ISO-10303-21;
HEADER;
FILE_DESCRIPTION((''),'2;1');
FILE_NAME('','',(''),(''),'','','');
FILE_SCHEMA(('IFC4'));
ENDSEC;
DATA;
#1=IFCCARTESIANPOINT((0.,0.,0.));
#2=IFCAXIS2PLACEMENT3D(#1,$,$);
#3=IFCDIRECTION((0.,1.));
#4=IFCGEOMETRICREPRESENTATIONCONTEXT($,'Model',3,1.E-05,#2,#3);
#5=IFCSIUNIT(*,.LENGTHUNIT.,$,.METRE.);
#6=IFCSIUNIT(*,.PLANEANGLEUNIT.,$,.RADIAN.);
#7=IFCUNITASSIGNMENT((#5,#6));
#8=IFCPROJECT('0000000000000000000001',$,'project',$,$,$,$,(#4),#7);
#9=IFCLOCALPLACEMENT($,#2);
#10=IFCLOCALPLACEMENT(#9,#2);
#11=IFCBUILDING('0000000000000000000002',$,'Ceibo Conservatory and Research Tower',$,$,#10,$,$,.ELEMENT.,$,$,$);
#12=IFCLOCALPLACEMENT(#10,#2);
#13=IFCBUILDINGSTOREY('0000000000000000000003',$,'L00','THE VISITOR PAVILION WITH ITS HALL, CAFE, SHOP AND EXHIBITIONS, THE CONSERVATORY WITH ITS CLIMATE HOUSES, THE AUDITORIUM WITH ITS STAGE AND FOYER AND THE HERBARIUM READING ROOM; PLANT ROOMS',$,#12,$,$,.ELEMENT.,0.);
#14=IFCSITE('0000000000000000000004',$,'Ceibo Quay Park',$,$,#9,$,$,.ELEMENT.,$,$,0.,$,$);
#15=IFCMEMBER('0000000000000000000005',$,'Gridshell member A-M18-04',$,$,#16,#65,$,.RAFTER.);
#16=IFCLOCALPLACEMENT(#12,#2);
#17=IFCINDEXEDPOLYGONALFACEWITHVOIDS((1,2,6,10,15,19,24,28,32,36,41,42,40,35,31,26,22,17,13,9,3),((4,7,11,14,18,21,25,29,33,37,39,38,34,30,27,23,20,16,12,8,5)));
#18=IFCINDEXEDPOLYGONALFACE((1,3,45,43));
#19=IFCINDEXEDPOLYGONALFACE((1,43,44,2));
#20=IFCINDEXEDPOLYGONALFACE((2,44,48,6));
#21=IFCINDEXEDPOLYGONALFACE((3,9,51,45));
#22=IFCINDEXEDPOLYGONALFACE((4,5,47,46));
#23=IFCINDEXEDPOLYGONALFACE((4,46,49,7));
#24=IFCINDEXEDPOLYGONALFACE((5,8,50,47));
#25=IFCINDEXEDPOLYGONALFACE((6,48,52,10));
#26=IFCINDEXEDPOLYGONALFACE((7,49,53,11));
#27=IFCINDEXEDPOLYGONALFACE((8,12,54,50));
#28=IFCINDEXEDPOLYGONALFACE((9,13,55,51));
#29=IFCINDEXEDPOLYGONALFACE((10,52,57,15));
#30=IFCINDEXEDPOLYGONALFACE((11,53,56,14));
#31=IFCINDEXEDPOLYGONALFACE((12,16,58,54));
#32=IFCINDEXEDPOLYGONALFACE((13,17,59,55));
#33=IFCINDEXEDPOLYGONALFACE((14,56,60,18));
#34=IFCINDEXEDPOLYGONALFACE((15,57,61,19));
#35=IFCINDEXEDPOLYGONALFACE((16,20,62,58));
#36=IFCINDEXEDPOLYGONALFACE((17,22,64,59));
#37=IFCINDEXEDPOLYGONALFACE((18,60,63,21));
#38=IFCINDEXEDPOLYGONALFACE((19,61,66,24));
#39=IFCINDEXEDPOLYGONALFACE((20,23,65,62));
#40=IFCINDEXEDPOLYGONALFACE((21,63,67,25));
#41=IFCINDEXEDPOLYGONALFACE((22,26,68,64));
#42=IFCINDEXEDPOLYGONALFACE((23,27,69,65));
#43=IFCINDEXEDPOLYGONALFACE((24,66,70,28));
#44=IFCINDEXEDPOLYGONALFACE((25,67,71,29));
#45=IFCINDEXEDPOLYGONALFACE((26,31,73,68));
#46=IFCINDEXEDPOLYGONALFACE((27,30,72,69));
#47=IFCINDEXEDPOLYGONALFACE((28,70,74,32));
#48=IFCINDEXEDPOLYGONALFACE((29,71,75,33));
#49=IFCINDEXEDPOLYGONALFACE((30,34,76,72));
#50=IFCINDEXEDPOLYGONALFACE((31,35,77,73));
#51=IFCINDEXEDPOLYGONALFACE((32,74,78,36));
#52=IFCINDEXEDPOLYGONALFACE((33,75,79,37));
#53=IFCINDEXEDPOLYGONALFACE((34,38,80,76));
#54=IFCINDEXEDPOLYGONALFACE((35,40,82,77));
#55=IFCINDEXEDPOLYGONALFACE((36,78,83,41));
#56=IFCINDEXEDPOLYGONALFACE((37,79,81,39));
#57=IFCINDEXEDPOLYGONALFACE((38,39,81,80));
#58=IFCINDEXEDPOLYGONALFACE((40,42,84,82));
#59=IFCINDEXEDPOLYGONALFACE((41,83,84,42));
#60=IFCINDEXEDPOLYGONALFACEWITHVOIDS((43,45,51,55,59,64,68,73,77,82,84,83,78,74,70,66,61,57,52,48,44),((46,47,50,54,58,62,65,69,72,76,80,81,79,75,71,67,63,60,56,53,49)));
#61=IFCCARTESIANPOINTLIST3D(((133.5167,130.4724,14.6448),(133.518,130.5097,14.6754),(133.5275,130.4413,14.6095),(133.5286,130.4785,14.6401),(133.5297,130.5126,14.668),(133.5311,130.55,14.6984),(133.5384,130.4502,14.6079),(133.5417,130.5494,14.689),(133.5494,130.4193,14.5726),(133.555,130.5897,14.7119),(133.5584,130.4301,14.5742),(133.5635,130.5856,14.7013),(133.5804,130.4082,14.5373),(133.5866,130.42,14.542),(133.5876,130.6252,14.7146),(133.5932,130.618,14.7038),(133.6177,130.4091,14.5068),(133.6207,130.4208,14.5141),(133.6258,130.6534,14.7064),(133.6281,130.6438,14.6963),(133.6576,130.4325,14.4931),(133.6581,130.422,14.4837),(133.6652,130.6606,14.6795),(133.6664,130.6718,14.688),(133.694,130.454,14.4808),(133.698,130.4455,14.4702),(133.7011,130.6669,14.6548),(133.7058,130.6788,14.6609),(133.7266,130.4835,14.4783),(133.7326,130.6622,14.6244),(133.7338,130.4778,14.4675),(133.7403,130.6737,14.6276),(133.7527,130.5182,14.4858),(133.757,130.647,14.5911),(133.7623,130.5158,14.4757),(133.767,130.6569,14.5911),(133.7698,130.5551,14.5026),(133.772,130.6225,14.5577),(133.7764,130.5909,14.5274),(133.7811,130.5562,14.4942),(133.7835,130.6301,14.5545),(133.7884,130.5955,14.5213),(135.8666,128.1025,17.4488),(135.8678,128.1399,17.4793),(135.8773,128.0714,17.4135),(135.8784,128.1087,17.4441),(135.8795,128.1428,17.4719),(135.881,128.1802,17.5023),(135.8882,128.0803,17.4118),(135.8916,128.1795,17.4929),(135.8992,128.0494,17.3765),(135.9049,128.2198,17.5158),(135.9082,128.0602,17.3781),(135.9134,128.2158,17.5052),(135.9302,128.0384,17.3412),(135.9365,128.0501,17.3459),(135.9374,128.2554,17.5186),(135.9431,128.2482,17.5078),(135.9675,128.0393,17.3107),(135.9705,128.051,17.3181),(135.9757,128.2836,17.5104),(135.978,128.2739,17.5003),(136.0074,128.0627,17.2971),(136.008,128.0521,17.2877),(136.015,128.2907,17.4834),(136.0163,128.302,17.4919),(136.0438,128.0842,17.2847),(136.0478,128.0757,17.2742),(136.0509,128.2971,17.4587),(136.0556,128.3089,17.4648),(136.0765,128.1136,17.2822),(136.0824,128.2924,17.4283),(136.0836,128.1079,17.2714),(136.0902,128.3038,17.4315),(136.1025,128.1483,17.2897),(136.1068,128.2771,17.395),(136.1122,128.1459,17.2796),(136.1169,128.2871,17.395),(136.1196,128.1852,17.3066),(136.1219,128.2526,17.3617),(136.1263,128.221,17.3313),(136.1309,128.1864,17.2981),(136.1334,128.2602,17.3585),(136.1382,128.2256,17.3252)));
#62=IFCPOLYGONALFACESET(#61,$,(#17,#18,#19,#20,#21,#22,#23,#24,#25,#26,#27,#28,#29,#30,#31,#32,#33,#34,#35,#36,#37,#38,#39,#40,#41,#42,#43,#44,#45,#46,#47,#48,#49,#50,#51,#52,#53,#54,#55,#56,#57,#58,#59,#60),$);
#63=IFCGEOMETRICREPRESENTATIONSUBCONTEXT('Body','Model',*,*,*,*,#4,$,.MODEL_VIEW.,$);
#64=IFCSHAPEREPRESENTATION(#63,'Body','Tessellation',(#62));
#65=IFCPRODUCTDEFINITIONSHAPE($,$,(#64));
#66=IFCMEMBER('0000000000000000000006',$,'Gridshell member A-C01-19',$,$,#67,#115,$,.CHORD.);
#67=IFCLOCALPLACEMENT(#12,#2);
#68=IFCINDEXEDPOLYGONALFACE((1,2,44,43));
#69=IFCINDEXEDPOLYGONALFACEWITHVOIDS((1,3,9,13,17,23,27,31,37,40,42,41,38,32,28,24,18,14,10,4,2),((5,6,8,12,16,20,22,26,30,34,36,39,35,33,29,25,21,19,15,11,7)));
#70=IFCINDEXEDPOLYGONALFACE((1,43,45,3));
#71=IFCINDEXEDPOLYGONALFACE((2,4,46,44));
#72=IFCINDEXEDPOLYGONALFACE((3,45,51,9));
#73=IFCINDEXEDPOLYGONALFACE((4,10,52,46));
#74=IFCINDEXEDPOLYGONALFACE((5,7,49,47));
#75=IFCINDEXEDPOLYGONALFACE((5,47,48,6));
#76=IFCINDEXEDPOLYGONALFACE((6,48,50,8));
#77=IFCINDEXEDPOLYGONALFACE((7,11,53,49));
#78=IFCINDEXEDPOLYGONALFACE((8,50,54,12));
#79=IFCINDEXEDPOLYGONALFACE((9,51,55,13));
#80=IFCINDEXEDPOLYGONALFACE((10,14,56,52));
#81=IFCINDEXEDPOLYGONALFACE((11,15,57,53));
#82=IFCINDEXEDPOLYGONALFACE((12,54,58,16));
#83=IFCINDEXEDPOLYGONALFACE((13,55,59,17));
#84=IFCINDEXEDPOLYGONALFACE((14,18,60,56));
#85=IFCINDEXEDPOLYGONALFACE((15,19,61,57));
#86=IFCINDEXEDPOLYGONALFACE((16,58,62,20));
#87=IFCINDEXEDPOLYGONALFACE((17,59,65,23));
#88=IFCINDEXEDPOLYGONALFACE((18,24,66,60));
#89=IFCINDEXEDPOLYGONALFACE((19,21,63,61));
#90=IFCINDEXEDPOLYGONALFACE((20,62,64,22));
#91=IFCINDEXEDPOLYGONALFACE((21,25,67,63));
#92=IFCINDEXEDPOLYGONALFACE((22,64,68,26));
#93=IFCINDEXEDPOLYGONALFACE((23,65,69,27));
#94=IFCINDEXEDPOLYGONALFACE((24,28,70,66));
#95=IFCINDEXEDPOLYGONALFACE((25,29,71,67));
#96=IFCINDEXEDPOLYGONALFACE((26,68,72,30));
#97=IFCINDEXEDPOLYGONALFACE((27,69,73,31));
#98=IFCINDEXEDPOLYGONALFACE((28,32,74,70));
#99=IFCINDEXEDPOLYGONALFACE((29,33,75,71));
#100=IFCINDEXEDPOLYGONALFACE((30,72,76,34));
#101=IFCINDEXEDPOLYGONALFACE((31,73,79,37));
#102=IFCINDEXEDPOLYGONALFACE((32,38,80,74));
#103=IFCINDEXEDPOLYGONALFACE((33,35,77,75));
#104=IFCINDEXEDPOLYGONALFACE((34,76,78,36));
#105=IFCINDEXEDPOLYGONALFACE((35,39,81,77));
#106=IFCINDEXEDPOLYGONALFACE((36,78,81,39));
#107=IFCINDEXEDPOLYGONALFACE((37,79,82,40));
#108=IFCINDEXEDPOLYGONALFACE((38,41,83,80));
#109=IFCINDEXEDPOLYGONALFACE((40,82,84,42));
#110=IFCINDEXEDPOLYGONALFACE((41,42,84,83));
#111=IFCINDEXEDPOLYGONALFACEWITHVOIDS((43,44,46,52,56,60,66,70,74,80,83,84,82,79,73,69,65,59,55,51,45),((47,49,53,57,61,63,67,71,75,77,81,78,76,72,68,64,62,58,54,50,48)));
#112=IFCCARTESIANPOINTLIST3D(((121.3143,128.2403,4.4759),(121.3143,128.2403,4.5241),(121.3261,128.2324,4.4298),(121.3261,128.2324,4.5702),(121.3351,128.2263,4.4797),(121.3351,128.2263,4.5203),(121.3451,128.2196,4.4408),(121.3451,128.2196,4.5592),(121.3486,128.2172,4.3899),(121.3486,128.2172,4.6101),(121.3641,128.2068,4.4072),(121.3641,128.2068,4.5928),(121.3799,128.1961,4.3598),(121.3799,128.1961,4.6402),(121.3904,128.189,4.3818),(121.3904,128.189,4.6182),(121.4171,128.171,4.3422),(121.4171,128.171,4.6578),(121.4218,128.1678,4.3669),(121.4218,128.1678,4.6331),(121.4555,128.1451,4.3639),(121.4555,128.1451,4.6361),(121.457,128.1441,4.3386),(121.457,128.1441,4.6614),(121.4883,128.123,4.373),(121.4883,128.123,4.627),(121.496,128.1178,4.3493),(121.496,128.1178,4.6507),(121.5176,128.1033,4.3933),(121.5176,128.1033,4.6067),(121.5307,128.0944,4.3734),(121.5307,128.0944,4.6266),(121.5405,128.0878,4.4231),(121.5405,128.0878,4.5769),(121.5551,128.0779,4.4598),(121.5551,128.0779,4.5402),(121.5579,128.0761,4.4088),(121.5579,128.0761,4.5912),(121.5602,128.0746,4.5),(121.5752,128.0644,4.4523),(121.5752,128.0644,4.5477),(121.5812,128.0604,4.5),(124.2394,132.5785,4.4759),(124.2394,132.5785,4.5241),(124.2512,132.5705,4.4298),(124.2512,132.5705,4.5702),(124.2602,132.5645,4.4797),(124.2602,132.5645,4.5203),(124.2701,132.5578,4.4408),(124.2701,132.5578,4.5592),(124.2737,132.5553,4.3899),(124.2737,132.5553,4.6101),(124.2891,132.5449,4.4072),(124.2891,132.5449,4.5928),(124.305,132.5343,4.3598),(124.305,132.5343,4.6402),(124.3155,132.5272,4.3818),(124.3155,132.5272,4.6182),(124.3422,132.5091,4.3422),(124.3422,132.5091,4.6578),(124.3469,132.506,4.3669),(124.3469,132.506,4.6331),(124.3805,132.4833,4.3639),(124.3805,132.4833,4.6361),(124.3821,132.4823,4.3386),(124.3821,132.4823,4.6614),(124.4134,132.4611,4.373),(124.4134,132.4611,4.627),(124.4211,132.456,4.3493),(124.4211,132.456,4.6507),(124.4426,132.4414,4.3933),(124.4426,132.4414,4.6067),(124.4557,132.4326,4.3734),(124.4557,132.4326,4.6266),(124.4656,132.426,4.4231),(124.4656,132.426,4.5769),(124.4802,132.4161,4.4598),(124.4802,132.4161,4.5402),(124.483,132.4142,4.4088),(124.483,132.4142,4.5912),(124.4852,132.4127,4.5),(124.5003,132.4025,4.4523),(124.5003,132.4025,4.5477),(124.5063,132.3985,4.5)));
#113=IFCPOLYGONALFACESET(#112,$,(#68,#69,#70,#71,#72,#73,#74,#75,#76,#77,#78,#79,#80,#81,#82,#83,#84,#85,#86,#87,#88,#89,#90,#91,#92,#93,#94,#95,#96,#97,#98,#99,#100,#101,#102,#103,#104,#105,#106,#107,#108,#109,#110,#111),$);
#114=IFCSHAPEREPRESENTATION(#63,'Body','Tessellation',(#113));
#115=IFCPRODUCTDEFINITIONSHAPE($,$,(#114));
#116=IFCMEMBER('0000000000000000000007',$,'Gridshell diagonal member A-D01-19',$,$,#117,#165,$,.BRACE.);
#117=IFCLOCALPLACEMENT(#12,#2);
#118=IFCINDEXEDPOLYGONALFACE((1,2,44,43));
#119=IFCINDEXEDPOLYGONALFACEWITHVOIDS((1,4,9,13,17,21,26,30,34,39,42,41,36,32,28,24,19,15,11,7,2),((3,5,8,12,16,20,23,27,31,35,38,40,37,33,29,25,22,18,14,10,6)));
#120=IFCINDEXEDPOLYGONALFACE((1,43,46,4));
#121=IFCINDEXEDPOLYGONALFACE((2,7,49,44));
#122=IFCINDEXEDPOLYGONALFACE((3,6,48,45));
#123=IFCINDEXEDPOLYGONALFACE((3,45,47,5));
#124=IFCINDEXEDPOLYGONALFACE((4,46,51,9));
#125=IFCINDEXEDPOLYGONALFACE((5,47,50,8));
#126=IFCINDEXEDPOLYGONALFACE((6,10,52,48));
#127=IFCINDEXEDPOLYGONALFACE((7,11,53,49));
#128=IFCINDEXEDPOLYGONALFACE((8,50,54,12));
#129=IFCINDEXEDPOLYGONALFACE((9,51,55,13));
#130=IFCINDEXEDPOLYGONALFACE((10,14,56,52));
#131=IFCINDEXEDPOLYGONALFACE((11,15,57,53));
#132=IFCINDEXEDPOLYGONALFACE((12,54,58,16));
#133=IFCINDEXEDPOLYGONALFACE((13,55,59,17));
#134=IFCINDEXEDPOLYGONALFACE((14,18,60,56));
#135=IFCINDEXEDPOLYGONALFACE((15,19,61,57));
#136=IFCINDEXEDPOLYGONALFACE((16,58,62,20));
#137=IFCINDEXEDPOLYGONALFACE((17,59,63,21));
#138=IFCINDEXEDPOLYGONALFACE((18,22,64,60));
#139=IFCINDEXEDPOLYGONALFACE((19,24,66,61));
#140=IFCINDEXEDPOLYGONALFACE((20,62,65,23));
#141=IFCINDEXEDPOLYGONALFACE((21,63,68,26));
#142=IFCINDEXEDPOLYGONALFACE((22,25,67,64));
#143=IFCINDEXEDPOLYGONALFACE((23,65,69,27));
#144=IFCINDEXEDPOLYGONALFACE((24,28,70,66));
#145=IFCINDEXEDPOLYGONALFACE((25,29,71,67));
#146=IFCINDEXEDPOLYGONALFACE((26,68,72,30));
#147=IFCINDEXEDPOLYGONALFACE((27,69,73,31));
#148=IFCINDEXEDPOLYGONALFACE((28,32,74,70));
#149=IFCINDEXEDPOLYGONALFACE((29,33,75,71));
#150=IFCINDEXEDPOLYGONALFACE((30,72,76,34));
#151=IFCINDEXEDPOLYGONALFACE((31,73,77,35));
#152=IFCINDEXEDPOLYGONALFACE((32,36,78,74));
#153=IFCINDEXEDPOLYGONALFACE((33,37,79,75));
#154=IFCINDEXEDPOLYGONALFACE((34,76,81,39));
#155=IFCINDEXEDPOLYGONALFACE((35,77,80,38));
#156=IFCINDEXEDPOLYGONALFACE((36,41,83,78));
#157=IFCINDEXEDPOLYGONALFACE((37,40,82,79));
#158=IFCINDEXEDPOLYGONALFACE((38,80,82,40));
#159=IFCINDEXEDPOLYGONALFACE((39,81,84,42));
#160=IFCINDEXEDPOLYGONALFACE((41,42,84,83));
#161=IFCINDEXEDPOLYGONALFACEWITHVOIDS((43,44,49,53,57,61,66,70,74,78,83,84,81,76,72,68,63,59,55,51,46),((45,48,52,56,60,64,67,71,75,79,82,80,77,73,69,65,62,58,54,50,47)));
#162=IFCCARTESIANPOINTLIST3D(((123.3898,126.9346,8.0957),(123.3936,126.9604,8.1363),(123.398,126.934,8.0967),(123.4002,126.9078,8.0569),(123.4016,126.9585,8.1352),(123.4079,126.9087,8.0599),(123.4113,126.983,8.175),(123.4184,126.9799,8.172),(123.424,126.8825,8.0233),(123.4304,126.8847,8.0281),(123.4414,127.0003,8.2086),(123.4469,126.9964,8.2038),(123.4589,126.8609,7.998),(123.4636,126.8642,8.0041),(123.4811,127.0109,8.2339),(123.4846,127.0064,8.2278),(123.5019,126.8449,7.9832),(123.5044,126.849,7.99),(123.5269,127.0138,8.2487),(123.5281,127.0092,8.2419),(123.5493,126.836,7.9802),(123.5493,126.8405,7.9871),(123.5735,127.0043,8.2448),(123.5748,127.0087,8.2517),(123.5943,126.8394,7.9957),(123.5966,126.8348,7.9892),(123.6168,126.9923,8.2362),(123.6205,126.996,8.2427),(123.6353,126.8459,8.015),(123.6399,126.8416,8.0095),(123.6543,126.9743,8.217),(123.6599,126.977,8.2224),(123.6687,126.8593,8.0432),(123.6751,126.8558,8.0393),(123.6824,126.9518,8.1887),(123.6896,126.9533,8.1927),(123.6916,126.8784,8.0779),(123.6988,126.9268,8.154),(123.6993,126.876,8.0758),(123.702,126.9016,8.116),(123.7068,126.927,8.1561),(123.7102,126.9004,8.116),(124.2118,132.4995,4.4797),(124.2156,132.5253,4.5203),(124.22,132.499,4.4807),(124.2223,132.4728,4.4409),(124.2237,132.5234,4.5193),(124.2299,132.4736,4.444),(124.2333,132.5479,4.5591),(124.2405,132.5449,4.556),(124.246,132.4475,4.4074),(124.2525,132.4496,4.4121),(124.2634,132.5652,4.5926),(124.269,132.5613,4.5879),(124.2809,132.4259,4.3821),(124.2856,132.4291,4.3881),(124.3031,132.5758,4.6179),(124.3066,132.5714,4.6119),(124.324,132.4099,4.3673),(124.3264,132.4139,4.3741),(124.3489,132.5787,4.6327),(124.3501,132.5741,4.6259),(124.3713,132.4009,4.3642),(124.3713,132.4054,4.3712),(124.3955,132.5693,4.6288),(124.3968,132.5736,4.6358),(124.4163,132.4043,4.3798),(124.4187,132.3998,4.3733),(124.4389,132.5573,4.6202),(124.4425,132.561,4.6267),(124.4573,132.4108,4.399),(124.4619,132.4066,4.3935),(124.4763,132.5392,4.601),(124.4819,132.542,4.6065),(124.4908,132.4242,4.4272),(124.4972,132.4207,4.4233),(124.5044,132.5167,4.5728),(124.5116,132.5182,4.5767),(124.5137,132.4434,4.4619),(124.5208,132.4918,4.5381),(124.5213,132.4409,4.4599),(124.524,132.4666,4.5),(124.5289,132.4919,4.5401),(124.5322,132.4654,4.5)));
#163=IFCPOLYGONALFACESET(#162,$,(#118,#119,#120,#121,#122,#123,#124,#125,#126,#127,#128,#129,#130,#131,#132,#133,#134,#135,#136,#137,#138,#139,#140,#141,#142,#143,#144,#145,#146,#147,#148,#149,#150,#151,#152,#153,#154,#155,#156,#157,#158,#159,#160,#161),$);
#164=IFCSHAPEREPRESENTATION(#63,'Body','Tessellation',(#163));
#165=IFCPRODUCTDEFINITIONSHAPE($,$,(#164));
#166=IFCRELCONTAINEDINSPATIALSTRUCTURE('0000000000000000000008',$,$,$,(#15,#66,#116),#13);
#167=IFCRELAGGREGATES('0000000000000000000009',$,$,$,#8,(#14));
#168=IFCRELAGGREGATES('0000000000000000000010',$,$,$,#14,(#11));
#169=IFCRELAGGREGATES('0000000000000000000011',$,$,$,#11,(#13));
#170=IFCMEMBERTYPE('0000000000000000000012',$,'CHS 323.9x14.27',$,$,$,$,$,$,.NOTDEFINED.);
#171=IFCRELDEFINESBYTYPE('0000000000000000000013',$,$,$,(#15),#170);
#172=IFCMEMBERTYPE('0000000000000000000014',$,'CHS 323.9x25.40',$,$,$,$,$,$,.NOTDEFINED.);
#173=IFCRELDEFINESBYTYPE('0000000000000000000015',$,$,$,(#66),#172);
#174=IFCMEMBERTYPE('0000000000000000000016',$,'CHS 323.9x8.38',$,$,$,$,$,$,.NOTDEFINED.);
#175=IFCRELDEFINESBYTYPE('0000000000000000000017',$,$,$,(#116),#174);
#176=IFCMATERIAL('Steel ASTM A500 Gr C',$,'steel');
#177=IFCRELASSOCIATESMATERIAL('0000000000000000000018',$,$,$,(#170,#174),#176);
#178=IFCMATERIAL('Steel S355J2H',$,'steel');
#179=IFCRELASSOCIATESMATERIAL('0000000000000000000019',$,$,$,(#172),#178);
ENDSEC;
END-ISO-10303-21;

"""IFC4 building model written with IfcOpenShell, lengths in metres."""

from ifc_helpers import new_model, si_unit, direction, frame, origin, origin_2d, place, context, subcontext, project, spatial, hollow_circle, extrude, material, material_profile, profile_set, type_object, element, save


model = new_model("IFC4")

# Units and contexts
model_context = context("Model", 3, precision=1e-05, world=origin(), true_north=direction((0.0, 1.0)))
body_context = subcontext(model_context, "Body", "Model", "MODEL_VIEW")
ifc_project = project(units=[si_unit("LENGTHUNIT", "METRE"), si_unit("PLANEANGLEUNIT", "RADIAN")], contexts=[model_context])

# Site, building, storey
site_placement = place(None, origin())
site = spatial("IfcSite", under=ifc_project, at=site_placement, Name="Ceibo Quay Park", CompositionType="ELEMENT", RefElevation=0.0)
building_placement = place(site_placement, origin())
building = spatial("IfcBuilding", under=site, at=building_placement, Name="Ceibo Conservatory and Research Tower", CompositionType="ELEMENT")
storey_placement = place(building_placement, origin())
storey = spatial("IfcBuildingStorey", under=building, at=storey_placement, Name="L00", Description="THE VISITOR PAVILION WITH ITS HALL, CAFE, SHOP AND EXHIBITIONS, THE CONSERVATORY WITH ITS CLIMATE HOUSES, THE AUDITORIUM WITH ITS STAGE AND FOYER AND THE HERBARIUM READING ROOM; PLANT ROOMS", CompositionType="ELEMENT", Elevation=0.0)

# Members
ifc_material_1 = material(Name="Steel ASTM A500 Gr C", Category="steel")
ifc_material_profile_1 = material_profile(ifc_material_1, hollow_circle(Radius=0.1619, WallThickness=0.0142, at=origin_2d()), Name="CHS 323.9x14.27")
ifc_profile_set_1 = profile_set([ifc_material_profile_1], Name="Steel ASTM A500 Gr C")
member_type_1 = type_object("IfcMemberType", Name="CHS 323.9x14.27", PredefinedType="NOTDEFINED", material=ifc_profile_set_1)
member_1_placement = place(storey_placement, frame((133.6521, 130.543, 14.5911), z_axis=(0.539089, -0.543682, 0.643267), x_axis=(0.7101, 0.704101, 0.0)))
element("IfcMember", 1, at=member_1_placement, inside=storey, type_object=member_type_1, Name="Gridshell member A-M18-04", PredefinedType="RAFTER", context=body_context, shape_type="SweptSolid", body=[
    extrude(hollow_circle(Radius=0.1619, WallThickness=0.0142, at=origin_2d()), origin(), (0.0, 0.0, 1.0), 4.3589),
])
ifc_material_2 = material(Name="Steel S355J2H", Category="steel")
ifc_material_profile_2 = material_profile(ifc_material_2, hollow_circle(Radius=0.1619, WallThickness=0.0254, at=origin_2d()), Name="CHS 323.9x25.40")
ifc_profile_set_2 = profile_set([ifc_material_profile_2], Name="Steel S355J2H")
member_type_2 = type_object("IfcMemberType", Name="CHS 323.9x25.40", PredefinedType="NOTDEFINED", material=ifc_profile_set_2)
member_2_placement = place(storey_placement, frame((124.3721, 132.489, 4.5), z_axis=(-0.559054, -0.829131, 0.0), x_axis=(0.829131, -0.559054, 0.0)))
element("IfcMember", 2, at=member_2_placement, inside=storey, type_object=member_type_2, Name="Gridshell member A-C01-19", PredefinedType="CHORD", context=body_context, shape_type="SweptSolid", body=[
    extrude(hollow_circle(Radius=0.1619, WallThickness=0.0254, at=origin_2d()), origin(), (0.0, 0.0, 1.0), 5.2322),
])
ifc_material_profile_3 = material_profile(ifc_material_1, hollow_circle(Radius=0.1619, WallThickness=0.0083, at=origin_2d()), Name="CHS 323.9x8.38")
ifc_profile_set_3 = profile_set([ifc_material_profile_3], Name="Steel ASTM A500 Gr C")
member_type_3 = type_object("IfcMemberType", Name="CHS 323.9x8.38", PredefinedType="NOTDEFINED", material=ifc_profile_set_3)
member_3_placement = place(storey_placement, frame((124.3721, 132.489, 4.5), z_axis=(-0.122923, -0.83217, 0.540724), x_axis=(0.989266, -0.146129, 0.0)))
element("IfcMember", 3, at=member_3_placement, inside=storey, type_object=member_type_3, Name="Gridshell diagonal member A-D01-19", PredefinedType="BRACE", context=body_context, shape_type="SweptSolid", body=[
    extrude(hollow_circle(Radius=0.1619, WallThickness=0.0083, at=origin_2d()), origin(), (0.0, 0.0, 1.0), 6.6873),
])

save(model, "model.ifc")
